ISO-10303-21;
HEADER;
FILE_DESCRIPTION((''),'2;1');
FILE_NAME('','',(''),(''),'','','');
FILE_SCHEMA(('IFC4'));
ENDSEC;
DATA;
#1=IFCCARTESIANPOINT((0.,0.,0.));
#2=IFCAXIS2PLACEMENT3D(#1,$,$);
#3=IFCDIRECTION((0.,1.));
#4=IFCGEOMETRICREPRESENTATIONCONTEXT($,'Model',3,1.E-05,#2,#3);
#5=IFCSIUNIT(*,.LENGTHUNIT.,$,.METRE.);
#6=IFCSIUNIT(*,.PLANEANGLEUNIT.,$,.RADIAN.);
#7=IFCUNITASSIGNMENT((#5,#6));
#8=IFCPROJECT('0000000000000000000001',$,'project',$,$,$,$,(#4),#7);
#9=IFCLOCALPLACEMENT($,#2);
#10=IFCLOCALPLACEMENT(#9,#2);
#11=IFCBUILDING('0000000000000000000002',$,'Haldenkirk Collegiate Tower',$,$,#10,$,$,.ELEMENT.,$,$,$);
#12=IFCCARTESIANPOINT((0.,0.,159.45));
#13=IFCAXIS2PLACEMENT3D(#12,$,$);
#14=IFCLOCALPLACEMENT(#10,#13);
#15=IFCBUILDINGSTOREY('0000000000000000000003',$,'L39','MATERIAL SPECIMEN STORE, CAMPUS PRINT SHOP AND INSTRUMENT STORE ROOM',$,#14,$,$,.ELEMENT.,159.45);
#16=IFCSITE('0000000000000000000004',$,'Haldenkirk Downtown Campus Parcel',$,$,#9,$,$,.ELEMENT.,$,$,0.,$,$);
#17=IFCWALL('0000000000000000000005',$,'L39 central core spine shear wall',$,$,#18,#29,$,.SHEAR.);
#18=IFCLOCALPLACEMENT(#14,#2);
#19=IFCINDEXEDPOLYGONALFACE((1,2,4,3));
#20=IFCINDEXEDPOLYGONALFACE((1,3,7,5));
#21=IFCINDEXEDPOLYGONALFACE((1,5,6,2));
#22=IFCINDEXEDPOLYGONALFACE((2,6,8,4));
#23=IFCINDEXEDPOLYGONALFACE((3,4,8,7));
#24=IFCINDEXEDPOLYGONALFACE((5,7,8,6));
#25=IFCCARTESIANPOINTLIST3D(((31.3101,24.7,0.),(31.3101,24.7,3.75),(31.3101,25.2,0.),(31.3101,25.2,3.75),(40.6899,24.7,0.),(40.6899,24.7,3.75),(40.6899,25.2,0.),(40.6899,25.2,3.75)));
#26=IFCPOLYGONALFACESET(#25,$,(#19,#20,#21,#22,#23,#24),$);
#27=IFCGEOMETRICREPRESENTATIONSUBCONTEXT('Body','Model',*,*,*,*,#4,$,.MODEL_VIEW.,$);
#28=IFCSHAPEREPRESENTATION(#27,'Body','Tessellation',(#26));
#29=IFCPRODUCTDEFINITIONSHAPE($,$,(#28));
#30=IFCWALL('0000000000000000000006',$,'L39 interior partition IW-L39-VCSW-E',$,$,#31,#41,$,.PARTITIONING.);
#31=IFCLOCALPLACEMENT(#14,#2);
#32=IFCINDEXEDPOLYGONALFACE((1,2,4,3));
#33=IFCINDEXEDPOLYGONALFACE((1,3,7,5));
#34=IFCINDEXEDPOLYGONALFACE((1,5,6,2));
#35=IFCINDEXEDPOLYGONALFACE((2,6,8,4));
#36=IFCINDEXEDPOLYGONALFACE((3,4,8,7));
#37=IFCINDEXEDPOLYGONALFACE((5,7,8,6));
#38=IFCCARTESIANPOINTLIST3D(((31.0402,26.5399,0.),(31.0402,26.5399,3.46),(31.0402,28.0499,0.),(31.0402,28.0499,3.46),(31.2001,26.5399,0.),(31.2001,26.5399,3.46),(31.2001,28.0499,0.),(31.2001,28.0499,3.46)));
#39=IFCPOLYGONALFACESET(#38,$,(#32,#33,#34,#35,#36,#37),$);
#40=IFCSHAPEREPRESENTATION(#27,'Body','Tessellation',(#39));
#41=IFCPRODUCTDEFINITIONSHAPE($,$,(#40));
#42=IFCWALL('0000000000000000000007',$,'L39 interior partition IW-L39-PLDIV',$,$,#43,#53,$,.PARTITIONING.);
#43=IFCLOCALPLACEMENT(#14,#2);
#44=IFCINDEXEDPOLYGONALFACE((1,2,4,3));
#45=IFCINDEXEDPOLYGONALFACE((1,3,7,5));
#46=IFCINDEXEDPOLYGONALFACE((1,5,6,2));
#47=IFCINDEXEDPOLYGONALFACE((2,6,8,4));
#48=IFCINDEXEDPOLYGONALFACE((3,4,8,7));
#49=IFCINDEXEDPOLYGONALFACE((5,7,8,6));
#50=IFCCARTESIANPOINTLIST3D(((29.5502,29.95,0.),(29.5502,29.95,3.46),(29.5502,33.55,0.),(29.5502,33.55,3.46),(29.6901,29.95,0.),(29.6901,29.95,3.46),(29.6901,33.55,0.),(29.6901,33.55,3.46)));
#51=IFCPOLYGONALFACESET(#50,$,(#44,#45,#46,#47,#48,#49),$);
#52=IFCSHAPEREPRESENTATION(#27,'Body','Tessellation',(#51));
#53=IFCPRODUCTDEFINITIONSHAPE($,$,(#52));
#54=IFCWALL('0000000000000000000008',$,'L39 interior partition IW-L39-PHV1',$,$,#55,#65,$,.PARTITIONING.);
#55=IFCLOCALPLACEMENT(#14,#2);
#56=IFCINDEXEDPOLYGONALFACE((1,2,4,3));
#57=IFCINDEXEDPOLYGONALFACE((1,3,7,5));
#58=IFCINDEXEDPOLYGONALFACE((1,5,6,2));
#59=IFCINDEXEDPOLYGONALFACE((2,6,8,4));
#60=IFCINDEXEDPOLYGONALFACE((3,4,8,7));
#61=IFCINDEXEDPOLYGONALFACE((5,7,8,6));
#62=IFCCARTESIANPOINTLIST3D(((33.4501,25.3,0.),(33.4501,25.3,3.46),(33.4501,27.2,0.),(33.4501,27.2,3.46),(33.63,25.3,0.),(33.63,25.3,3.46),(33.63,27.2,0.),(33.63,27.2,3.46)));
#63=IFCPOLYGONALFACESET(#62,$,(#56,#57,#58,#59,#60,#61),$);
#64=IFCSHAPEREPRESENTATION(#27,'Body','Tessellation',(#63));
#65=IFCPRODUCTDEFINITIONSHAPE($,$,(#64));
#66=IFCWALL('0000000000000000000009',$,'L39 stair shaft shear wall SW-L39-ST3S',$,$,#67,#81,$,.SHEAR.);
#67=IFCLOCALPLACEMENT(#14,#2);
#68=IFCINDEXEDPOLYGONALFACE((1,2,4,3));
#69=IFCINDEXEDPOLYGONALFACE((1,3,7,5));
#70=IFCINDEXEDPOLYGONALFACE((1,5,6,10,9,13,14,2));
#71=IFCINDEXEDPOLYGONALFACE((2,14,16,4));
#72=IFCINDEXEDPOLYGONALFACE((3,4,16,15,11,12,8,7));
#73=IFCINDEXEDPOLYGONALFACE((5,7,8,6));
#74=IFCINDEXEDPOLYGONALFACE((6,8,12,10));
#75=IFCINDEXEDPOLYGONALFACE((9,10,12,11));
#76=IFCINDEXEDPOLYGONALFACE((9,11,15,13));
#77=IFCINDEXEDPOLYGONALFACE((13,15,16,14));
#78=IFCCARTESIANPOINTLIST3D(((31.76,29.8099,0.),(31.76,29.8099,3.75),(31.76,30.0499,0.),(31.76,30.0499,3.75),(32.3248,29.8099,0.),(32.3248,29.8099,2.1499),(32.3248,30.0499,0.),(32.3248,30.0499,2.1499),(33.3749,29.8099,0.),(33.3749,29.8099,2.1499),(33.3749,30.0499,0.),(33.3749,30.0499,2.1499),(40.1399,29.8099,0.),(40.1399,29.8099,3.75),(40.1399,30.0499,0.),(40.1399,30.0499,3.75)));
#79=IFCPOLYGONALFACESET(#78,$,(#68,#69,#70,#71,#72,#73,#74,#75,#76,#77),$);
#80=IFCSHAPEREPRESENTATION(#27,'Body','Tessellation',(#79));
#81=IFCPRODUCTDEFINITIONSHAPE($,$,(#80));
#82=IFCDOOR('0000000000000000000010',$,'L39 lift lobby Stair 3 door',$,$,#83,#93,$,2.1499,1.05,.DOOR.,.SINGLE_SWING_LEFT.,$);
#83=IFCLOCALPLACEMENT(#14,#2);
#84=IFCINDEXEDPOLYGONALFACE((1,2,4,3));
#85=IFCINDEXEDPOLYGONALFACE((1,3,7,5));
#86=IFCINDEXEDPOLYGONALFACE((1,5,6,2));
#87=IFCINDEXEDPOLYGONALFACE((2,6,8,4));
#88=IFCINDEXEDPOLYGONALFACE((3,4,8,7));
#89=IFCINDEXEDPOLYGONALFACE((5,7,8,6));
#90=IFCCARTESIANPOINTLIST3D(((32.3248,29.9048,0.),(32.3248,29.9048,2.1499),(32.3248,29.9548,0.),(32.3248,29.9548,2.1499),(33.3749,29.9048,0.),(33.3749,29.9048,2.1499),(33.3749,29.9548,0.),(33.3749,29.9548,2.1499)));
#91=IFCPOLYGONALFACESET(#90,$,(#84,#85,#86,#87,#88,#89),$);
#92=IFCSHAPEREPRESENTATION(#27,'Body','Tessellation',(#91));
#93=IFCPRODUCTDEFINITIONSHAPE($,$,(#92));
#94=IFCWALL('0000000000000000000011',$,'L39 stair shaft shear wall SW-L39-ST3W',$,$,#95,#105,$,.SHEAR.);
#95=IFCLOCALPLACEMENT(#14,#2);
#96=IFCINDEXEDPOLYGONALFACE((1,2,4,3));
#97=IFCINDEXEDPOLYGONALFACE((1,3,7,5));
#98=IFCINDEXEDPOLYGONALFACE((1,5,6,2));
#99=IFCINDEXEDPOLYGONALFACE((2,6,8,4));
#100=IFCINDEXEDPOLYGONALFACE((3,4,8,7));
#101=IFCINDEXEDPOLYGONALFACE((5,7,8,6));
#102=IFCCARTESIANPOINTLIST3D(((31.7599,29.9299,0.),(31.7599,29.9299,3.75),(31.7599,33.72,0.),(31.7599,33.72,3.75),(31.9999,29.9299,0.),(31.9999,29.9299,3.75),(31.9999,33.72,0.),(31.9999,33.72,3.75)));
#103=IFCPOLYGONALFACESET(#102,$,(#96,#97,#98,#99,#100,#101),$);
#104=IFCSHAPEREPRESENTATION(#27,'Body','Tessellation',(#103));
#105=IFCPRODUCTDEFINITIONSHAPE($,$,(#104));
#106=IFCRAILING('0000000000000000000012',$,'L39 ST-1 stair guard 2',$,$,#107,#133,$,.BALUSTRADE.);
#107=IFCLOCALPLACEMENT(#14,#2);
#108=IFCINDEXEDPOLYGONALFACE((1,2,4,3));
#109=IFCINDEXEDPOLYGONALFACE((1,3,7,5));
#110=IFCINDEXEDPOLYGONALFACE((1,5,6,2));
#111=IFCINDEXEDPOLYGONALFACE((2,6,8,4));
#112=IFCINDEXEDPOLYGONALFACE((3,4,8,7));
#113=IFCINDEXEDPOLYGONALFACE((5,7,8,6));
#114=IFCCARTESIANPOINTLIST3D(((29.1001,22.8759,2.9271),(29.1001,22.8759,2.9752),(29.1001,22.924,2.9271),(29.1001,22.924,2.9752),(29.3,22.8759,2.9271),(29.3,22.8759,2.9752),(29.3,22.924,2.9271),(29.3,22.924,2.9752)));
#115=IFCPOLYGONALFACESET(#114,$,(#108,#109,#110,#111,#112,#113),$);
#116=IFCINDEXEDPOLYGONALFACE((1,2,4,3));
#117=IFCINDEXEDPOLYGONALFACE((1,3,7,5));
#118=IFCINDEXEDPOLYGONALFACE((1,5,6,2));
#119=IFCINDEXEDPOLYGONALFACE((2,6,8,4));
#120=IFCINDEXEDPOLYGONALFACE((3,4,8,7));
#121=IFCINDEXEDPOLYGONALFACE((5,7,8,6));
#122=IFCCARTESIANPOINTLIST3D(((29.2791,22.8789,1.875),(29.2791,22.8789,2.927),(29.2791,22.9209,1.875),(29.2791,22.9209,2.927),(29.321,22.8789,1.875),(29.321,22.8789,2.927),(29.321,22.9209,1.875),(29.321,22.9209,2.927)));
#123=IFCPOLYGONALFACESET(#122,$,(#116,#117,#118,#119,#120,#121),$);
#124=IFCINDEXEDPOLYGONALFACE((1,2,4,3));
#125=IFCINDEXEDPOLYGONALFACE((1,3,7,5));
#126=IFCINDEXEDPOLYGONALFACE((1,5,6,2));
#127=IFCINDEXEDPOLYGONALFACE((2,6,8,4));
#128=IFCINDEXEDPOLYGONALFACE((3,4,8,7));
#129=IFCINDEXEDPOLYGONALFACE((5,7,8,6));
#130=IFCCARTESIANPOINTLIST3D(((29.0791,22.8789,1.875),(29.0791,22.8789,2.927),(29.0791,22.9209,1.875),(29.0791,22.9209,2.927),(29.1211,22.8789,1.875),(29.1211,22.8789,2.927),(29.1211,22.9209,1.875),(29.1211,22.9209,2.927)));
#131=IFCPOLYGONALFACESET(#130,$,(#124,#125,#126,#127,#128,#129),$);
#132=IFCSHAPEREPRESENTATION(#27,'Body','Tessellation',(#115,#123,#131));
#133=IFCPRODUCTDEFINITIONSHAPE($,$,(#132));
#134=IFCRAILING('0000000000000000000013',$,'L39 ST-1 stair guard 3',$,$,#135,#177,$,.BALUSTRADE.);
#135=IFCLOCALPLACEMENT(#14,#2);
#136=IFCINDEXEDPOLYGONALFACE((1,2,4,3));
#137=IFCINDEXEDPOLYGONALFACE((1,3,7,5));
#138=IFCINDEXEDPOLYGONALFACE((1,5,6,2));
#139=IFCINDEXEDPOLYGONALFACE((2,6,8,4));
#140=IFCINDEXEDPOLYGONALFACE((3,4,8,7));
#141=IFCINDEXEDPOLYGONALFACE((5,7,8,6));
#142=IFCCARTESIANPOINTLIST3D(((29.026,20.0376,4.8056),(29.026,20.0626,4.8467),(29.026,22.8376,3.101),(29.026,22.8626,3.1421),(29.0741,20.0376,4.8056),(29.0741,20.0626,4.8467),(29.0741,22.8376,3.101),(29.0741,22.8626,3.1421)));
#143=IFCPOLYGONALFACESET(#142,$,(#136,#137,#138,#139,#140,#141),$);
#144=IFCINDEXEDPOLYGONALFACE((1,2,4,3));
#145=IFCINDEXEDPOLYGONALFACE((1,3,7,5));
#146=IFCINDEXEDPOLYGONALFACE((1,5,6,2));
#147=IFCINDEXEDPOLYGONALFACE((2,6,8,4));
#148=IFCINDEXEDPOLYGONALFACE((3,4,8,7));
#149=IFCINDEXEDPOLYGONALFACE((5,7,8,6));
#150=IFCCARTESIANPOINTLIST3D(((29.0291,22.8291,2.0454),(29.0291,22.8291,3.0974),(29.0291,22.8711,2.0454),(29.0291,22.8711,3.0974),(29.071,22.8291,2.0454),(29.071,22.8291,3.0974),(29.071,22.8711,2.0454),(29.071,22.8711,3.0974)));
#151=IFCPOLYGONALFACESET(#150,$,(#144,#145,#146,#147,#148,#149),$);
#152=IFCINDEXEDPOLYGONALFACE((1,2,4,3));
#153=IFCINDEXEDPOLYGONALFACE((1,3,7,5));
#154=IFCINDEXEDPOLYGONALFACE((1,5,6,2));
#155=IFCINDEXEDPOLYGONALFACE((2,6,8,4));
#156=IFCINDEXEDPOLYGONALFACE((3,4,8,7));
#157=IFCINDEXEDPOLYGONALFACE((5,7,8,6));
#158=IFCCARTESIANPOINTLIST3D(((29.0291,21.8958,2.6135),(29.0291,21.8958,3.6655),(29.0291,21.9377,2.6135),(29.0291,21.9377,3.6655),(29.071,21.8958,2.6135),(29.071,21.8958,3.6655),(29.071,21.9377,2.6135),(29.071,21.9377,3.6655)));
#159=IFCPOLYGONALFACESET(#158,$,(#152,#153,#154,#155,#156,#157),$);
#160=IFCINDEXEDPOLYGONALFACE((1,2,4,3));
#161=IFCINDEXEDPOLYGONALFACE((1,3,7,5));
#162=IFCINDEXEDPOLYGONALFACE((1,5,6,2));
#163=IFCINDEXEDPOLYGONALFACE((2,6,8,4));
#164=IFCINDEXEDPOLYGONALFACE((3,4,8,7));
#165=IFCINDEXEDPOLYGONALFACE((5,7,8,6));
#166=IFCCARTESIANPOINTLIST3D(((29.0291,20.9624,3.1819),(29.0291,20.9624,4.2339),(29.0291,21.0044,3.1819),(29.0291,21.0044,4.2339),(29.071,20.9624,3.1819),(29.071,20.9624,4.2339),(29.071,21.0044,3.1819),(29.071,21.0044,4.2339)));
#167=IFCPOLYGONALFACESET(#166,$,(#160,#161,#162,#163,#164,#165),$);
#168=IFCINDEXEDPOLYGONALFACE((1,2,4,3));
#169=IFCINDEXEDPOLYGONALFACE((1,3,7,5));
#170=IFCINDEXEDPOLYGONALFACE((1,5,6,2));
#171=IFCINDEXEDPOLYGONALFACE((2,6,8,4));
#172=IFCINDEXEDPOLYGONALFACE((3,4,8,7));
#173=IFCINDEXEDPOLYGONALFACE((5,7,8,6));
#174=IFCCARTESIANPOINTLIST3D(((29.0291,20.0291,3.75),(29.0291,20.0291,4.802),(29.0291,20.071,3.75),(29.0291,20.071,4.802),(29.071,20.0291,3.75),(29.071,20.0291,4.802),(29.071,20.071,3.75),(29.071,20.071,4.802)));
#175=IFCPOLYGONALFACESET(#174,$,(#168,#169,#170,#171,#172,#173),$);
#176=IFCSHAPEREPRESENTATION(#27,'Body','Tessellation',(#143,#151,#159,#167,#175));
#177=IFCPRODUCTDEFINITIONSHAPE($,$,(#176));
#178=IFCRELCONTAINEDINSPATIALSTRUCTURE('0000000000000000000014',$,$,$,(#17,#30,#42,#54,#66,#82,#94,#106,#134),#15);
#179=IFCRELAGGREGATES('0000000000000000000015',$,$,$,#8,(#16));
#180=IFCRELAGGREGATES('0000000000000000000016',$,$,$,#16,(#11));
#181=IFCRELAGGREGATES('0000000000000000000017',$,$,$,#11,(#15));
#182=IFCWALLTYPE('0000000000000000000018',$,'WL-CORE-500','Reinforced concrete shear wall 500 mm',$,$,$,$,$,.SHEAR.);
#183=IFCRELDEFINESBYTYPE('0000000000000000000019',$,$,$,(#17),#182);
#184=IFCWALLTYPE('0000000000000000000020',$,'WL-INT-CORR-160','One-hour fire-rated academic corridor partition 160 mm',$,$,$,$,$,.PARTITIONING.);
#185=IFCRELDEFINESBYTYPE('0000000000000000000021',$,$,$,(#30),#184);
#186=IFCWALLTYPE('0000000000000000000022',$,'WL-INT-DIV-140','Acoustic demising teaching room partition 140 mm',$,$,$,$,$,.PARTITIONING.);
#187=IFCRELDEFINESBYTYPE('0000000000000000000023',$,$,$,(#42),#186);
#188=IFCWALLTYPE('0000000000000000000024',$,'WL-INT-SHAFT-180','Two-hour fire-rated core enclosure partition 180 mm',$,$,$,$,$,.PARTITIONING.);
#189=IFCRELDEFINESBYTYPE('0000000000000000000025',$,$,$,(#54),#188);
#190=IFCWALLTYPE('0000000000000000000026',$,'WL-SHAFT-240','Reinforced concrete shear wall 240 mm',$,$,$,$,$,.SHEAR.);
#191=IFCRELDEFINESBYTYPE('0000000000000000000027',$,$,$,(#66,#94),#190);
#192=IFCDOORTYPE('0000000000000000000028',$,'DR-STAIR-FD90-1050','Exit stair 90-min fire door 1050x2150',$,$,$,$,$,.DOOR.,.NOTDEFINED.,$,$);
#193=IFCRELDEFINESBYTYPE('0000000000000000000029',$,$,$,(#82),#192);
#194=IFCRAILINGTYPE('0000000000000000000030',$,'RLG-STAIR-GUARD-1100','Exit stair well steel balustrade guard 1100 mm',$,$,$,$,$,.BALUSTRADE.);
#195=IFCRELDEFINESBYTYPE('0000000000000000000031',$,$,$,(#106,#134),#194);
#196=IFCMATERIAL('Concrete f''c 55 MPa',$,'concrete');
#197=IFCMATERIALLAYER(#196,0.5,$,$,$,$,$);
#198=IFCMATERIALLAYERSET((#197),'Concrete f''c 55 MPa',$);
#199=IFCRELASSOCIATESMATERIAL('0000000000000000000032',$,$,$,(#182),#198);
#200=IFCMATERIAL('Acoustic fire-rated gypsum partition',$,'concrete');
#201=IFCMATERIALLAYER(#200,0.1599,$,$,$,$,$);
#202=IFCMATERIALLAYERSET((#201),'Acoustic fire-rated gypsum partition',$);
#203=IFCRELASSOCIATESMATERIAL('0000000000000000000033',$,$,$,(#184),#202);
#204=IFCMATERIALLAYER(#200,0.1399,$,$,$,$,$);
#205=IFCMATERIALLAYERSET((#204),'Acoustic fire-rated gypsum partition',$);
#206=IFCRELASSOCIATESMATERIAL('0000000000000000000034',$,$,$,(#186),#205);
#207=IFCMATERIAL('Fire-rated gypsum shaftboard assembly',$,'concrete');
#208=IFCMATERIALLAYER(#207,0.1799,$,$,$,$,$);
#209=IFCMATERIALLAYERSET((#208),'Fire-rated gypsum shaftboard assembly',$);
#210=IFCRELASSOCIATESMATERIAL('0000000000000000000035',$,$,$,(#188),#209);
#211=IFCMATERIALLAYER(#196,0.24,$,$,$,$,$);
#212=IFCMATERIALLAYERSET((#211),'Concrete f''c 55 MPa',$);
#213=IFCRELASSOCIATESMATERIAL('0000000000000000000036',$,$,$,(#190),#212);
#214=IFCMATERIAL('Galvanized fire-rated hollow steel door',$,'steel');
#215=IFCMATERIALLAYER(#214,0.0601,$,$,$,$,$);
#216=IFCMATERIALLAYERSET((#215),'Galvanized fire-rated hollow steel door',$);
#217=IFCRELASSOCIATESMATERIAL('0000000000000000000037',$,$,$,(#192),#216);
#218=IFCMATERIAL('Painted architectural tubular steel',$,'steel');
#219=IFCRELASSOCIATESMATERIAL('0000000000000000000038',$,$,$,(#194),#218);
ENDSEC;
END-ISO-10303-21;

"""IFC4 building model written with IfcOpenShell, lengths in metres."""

from ifc_helpers import new_model, si_unit, direction, frame, frame_2d, origin, origin_2d, place, context, subcontext, project, spatial, rectangle, extrude, material, layer, layer_set, type_object, element, fill, save


model = new_model("IFC4")

# Units and contexts
model_context = context("Model", 3, precision=1e-05, world=origin(), true_north=direction((0.0, 1.0)))
body_context = subcontext(model_context, "Body", "Model", "MODEL_VIEW")
ifc_project = project(units=[si_unit("LENGTHUNIT", "METRE"), si_unit("PLANEANGLEUNIT", "RADIAN")], contexts=[model_context])

# Site, building, storey
site_placement = place(None, origin())
site = spatial("IfcSite", under=ifc_project, at=site_placement, Name="Haldenkirk Downtown Campus Parcel", CompositionType="ELEMENT", RefElevation=0.0)
building_placement = place(site_placement, origin())
building = spatial("IfcBuilding", under=site, at=building_placement, Name="Haldenkirk Collegiate Tower", CompositionType="ELEMENT")
storey_placement = place(building_placement, frame((0.0, 0.0, 159.45)))
storey = spatial("IfcBuildingStorey", under=building, at=storey_placement, Name="L39", Description="MATERIAL SPECIMEN STORE, CAMPUS PRINT SHOP AND INSTRUMENT STORE ROOM", CompositionType="ELEMENT", Elevation=159.45)

# Walls
ifc_material_1 = material(Name="Concrete f'c 55 MPa", Category="concrete")
ifc_layer_1 = layer(ifc_material_1, 0.5)
ifc_layer_set_1 = layer_set([ifc_layer_1], Name="Concrete f'c 55 MPa")
wall_type_1 = type_object("IfcWallType", Name="WL-CORE-500", Description="Reinforced concrete shear wall 500 mm", PredefinedType="SHEAR", material=ifc_layer_set_1)
wall_1_placement = place(storey_placement, frame((31.3101, 24.95, 0.0), z_axis=(0.0, 0.0, 1.0), x_axis=(1.0, 0.0, 0.0)))
element("IfcWall", 1, at=wall_1_placement, inside=storey, type_object=wall_type_1, Name="L39 central core spine shear wall", PredefinedType="SHEAR", context=body_context, shape_type="SweptSolid", body=[
    extrude(rectangle(XDim=9.3799, YDim=0.5, at=frame_2d((4.6899, 0.0))), origin(), (0.0, 0.0, 1.0), 3.75),
])
ifc_material_2 = material(Name="Acoustic fire-rated gypsum partition", Category="concrete")
ifc_layer_2 = layer(ifc_material_2, 0.1599)
ifc_layer_set_2 = layer_set([ifc_layer_2], Name="Acoustic fire-rated gypsum partition")
wall_type_2 = type_object("IfcWallType", Name="WL-INT-CORR-160", Description="One-hour fire-rated academic corridor partition 160 mm", PredefinedType="PARTITIONING", material=ifc_layer_set_2)
wall_2_placement = place(storey_placement, frame((31.1201, 26.54, 0.0), z_axis=(0.0, 0.0, 1.0), x_axis=(0.0, 1.0, 0.0)))
element("IfcWall", 2, at=wall_2_placement, inside=storey, type_object=wall_type_2, Name="L39 interior partition IW-L39-VCSW-E", PredefinedType="PARTITIONING", context=body_context, shape_type="SweptSolid", body=[
    extrude(rectangle(XDim=1.51, YDim=0.1599, at=frame_2d((0.7549, 0.0))), origin(), (0.0, 0.0, 1.0), 3.46),
])
ifc_layer_3 = layer(ifc_material_2, 0.1399)
ifc_layer_set_3 = layer_set([ifc_layer_3], Name="Acoustic fire-rated gypsum partition")
wall_type_3 = type_object("IfcWallType", Name="WL-INT-DIV-140", Description="Acoustic demising teaching room partition 140 mm", PredefinedType="PARTITIONING", material=ifc_layer_set_3)
wall_3_placement = place(storey_placement, frame((29.6201, 29.95, 0.0), z_axis=(0.0, 0.0, 1.0), x_axis=(0.0, 1.0, 0.0)))
element("IfcWall", 3, at=wall_3_placement, inside=storey, type_object=wall_type_3, Name="L39 interior partition IW-L39-PLDIV", PredefinedType="PARTITIONING", context=body_context, shape_type="SweptSolid", body=[
    extrude(rectangle(XDim=3.6001, YDim=0.1399, at=frame_2d((1.8, 0.0))), origin(), (0.0, 0.0, 1.0), 3.46),
])

# Shared definitions
ifc_material_3 = material(Name="Fire-rated gypsum shaftboard assembly", Category="concrete")
ifc_layer_4 = layer(ifc_material_3, 0.1799)
ifc_layer_set_4 = layer_set([ifc_layer_4], Name="Fire-rated gypsum shaftboard assembly")
wall_type_4 = type_object("IfcWallType", Name="WL-INT-SHAFT-180", Description="Two-hour fire-rated core enclosure partition 180 mm", PredefinedType="PARTITIONING", material=ifc_layer_set_4)

# Wall
wall_4_placement = place(storey_placement, frame((33.54, 25.3, 0.0), z_axis=(0.0, 0.0, 1.0), x_axis=(0.0, 1.0, 0.0)))
element("IfcWall", 4, at=wall_4_placement, inside=storey, type_object=wall_type_4, Name="L39 interior partition IW-L39-PHV1", PredefinedType="PARTITIONING", context=body_context, shape_type="SweptSolid", body=[
    extrude(rectangle(XDim=1.8999, YDim=0.1799, at=frame_2d((0.95, 0.0))), origin(), (0.0, 0.0, 1.0), 3.46),
])

# Shared definitions
ifc_material_4 = material(Name="Galvanized fire-rated hollow steel door", Category="steel")

# Wall, opening, door
ifc_layer_5 = layer(ifc_material_1, 0.24)
ifc_layer_set_5 = layer_set([ifc_layer_5], Name="Concrete f'c 55 MPa")
wall_type_5 = type_object("IfcWallType", Name="WL-SHAFT-240", Description="Reinforced concrete shear wall 240 mm", PredefinedType="SHEAR", material=ifc_layer_set_5)
wall_5_placement = place(storey_placement, frame((31.76, 29.9299, 0.0), z_axis=(0.0, 0.0, 1.0), x_axis=(1.0, 0.0, 0.0)))
wall_5 = element("IfcWall", 5, at=wall_5_placement, inside=storey, type_object=wall_type_5, Name="L39 stair shaft shear wall SW-L39-ST3S", PredefinedType="SHEAR", context=body_context, shape_type="SweptSolid", body=[
    extrude(rectangle(XDim=8.3799, YDim=0.24, at=frame_2d((4.1899, 0.0))), origin(), (0.0, 0.0, 1.0), 3.75),
])
opening_1_placement = place(wall_5_placement, frame((0.5649, 0.0, 0.0)))
opening_1 = element("IfcOpeningElement", 6, at=opening_1_placement, cuts=wall_5, PredefinedType="OPENING", context=body_context, shape_type="SweptSolid", body=[
    extrude(rectangle(XDim=1.05, YDim=2.1499, at=frame_2d((0.5249, 1.075))), frame((0.0, 0.1299, 0.0), z_axis=(0.0, -1.0, 0.0), x_axis=(1.0, 0.0, 0.0)), (0.0, 0.0, 1.0), 0.26),
])
ifc_layer_6 = layer(ifc_material_4, 0.0601)
ifc_layer_set_6 = layer_set([ifc_layer_6], Name="Galvanized fire-rated hollow steel door")
door_type_1 = type_object("IfcDoorType", Name="DR-STAIR-FD90-1050", Description="Exit stair 90-min fire door 1050x2150", OperationType="NOTDEFINED", PredefinedType="DOOR", material=ifc_layer_set_6)
door_1_placement = place(opening_1_placement, origin())
door_1 = element("IfcDoor", 7, at=door_1_placement, inside=storey, type_object=door_type_1, Name="L39 lift lobby Stair 3 door", OperationType="SINGLE_SWING_LEFT", OverallHeight=2.1499, OverallWidth=1.05, PredefinedType="DOOR", context=body_context, shape_type="SweptSolid", body=[
    extrude(rectangle(XDim=1.05, YDim=2.1499, at=frame_2d((0.5249, 1.075))), frame((0.0, 0.0249, 0.0), z_axis=(0.0, -1.0, 0.0), x_axis=(1.0, 0.0, 0.0)), (0.0, 0.0, 1.0), 0.05),
])
fill(opening_1, door_1)

# Wall
wall_6_placement = place(storey_placement, frame((31.8799, 29.9299, 0.0), z_axis=(0.0, 0.0, 1.0), x_axis=(0.0, 1.0, 0.0)))
element("IfcWall", 8, at=wall_6_placement, inside=storey, type_object=wall_type_5, Name="L39 stair shaft shear wall SW-L39-ST3W", PredefinedType="SHEAR", context=body_context, shape_type="SweptSolid", body=[
    extrude(rectangle(XDim=3.79, YDim=0.24, at=frame_2d((1.895, 0.0))), origin(), (0.0, 0.0, 1.0), 3.75),
])

# Railings
ifc_material_5 = material(Name="Painted architectural tubular steel", Category="steel")
railing_type = type_object("IfcRailingType", Name="RLG-STAIR-GUARD-1100", Description="Exit stair well steel balustrade guard 1100 mm", PredefinedType="BALUSTRADE", material=ifc_material_5)
railing_1_placement = place(storey_placement, frame((29.3, 22.8999, 1.875)))
element("IfcRailing", 9, at=railing_1_placement, inside=storey, type_object=railing_type, Name="L39 ST-1 stair guard 2", PredefinedType="BALUSTRADE", context=body_context, shape_type="SweptSolid", body=[
    extrude(rectangle(XDim=0.0481, YDim=0.0481, at=origin_2d()), frame((0.0, 0.0, 1.0762), z_axis=(-1.0, 0.0, 0.0), x_axis=(0.0, -1.0, 0.0)), (0.0, 0.0, 1.0), 0.2),
    extrude(rectangle(XDim=0.042, YDim=0.042, at=origin_2d()), origin(), (0.0, 0.0, 1.0), 1.052),
    extrude(rectangle(XDim=0.042, YDim=0.042, at=origin_2d()), frame((-0.2, 0.0, 0.0)), (0.0, 0.0, 1.0), 1.052),
])
railing_2_placement = place(storey_placement, frame((29.05, 22.8501, 2.0454)))
element("IfcRailing", 10, at=railing_2_placement, inside=storey, type_object=railing_type, Name="L39 ST-1 stair guard 3", PredefinedType="BALUSTRADE", context=body_context, shape_type="SweptSolid", body=[
    extrude(rectangle(XDim=0.0481, YDim=0.0481, at=origin_2d()), frame((0.0, 0.0, 1.0762), z_axis=(0.0, -0.85417, 0.519994), x_axis=(1.0, 0.0, 0.0)), (0.0, 0.0, 1.0), 3.2781),
    extrude(rectangle(XDim=0.042, YDim=0.042, at=origin_2d()), origin(), (0.0, 0.0, 1.0), 1.052),
    extrude(rectangle(XDim=0.042, YDim=0.042, at=origin_2d()), frame((0.0, -0.9333, 0.5681)), (0.0, 0.0, 1.0), 1.052),
    extrude(rectangle(XDim=0.042, YDim=0.042, at=origin_2d()), frame((0.0, -1.8667, 1.1365)), (0.0, 0.0, 1.0), 1.052),
    extrude(rectangle(XDim=0.042, YDim=0.042, at=origin_2d()), frame((0.0, -2.8, 1.7046)), (0.0, 0.0, 1.0), 1.052),
])

save(model, "model.ifc")
